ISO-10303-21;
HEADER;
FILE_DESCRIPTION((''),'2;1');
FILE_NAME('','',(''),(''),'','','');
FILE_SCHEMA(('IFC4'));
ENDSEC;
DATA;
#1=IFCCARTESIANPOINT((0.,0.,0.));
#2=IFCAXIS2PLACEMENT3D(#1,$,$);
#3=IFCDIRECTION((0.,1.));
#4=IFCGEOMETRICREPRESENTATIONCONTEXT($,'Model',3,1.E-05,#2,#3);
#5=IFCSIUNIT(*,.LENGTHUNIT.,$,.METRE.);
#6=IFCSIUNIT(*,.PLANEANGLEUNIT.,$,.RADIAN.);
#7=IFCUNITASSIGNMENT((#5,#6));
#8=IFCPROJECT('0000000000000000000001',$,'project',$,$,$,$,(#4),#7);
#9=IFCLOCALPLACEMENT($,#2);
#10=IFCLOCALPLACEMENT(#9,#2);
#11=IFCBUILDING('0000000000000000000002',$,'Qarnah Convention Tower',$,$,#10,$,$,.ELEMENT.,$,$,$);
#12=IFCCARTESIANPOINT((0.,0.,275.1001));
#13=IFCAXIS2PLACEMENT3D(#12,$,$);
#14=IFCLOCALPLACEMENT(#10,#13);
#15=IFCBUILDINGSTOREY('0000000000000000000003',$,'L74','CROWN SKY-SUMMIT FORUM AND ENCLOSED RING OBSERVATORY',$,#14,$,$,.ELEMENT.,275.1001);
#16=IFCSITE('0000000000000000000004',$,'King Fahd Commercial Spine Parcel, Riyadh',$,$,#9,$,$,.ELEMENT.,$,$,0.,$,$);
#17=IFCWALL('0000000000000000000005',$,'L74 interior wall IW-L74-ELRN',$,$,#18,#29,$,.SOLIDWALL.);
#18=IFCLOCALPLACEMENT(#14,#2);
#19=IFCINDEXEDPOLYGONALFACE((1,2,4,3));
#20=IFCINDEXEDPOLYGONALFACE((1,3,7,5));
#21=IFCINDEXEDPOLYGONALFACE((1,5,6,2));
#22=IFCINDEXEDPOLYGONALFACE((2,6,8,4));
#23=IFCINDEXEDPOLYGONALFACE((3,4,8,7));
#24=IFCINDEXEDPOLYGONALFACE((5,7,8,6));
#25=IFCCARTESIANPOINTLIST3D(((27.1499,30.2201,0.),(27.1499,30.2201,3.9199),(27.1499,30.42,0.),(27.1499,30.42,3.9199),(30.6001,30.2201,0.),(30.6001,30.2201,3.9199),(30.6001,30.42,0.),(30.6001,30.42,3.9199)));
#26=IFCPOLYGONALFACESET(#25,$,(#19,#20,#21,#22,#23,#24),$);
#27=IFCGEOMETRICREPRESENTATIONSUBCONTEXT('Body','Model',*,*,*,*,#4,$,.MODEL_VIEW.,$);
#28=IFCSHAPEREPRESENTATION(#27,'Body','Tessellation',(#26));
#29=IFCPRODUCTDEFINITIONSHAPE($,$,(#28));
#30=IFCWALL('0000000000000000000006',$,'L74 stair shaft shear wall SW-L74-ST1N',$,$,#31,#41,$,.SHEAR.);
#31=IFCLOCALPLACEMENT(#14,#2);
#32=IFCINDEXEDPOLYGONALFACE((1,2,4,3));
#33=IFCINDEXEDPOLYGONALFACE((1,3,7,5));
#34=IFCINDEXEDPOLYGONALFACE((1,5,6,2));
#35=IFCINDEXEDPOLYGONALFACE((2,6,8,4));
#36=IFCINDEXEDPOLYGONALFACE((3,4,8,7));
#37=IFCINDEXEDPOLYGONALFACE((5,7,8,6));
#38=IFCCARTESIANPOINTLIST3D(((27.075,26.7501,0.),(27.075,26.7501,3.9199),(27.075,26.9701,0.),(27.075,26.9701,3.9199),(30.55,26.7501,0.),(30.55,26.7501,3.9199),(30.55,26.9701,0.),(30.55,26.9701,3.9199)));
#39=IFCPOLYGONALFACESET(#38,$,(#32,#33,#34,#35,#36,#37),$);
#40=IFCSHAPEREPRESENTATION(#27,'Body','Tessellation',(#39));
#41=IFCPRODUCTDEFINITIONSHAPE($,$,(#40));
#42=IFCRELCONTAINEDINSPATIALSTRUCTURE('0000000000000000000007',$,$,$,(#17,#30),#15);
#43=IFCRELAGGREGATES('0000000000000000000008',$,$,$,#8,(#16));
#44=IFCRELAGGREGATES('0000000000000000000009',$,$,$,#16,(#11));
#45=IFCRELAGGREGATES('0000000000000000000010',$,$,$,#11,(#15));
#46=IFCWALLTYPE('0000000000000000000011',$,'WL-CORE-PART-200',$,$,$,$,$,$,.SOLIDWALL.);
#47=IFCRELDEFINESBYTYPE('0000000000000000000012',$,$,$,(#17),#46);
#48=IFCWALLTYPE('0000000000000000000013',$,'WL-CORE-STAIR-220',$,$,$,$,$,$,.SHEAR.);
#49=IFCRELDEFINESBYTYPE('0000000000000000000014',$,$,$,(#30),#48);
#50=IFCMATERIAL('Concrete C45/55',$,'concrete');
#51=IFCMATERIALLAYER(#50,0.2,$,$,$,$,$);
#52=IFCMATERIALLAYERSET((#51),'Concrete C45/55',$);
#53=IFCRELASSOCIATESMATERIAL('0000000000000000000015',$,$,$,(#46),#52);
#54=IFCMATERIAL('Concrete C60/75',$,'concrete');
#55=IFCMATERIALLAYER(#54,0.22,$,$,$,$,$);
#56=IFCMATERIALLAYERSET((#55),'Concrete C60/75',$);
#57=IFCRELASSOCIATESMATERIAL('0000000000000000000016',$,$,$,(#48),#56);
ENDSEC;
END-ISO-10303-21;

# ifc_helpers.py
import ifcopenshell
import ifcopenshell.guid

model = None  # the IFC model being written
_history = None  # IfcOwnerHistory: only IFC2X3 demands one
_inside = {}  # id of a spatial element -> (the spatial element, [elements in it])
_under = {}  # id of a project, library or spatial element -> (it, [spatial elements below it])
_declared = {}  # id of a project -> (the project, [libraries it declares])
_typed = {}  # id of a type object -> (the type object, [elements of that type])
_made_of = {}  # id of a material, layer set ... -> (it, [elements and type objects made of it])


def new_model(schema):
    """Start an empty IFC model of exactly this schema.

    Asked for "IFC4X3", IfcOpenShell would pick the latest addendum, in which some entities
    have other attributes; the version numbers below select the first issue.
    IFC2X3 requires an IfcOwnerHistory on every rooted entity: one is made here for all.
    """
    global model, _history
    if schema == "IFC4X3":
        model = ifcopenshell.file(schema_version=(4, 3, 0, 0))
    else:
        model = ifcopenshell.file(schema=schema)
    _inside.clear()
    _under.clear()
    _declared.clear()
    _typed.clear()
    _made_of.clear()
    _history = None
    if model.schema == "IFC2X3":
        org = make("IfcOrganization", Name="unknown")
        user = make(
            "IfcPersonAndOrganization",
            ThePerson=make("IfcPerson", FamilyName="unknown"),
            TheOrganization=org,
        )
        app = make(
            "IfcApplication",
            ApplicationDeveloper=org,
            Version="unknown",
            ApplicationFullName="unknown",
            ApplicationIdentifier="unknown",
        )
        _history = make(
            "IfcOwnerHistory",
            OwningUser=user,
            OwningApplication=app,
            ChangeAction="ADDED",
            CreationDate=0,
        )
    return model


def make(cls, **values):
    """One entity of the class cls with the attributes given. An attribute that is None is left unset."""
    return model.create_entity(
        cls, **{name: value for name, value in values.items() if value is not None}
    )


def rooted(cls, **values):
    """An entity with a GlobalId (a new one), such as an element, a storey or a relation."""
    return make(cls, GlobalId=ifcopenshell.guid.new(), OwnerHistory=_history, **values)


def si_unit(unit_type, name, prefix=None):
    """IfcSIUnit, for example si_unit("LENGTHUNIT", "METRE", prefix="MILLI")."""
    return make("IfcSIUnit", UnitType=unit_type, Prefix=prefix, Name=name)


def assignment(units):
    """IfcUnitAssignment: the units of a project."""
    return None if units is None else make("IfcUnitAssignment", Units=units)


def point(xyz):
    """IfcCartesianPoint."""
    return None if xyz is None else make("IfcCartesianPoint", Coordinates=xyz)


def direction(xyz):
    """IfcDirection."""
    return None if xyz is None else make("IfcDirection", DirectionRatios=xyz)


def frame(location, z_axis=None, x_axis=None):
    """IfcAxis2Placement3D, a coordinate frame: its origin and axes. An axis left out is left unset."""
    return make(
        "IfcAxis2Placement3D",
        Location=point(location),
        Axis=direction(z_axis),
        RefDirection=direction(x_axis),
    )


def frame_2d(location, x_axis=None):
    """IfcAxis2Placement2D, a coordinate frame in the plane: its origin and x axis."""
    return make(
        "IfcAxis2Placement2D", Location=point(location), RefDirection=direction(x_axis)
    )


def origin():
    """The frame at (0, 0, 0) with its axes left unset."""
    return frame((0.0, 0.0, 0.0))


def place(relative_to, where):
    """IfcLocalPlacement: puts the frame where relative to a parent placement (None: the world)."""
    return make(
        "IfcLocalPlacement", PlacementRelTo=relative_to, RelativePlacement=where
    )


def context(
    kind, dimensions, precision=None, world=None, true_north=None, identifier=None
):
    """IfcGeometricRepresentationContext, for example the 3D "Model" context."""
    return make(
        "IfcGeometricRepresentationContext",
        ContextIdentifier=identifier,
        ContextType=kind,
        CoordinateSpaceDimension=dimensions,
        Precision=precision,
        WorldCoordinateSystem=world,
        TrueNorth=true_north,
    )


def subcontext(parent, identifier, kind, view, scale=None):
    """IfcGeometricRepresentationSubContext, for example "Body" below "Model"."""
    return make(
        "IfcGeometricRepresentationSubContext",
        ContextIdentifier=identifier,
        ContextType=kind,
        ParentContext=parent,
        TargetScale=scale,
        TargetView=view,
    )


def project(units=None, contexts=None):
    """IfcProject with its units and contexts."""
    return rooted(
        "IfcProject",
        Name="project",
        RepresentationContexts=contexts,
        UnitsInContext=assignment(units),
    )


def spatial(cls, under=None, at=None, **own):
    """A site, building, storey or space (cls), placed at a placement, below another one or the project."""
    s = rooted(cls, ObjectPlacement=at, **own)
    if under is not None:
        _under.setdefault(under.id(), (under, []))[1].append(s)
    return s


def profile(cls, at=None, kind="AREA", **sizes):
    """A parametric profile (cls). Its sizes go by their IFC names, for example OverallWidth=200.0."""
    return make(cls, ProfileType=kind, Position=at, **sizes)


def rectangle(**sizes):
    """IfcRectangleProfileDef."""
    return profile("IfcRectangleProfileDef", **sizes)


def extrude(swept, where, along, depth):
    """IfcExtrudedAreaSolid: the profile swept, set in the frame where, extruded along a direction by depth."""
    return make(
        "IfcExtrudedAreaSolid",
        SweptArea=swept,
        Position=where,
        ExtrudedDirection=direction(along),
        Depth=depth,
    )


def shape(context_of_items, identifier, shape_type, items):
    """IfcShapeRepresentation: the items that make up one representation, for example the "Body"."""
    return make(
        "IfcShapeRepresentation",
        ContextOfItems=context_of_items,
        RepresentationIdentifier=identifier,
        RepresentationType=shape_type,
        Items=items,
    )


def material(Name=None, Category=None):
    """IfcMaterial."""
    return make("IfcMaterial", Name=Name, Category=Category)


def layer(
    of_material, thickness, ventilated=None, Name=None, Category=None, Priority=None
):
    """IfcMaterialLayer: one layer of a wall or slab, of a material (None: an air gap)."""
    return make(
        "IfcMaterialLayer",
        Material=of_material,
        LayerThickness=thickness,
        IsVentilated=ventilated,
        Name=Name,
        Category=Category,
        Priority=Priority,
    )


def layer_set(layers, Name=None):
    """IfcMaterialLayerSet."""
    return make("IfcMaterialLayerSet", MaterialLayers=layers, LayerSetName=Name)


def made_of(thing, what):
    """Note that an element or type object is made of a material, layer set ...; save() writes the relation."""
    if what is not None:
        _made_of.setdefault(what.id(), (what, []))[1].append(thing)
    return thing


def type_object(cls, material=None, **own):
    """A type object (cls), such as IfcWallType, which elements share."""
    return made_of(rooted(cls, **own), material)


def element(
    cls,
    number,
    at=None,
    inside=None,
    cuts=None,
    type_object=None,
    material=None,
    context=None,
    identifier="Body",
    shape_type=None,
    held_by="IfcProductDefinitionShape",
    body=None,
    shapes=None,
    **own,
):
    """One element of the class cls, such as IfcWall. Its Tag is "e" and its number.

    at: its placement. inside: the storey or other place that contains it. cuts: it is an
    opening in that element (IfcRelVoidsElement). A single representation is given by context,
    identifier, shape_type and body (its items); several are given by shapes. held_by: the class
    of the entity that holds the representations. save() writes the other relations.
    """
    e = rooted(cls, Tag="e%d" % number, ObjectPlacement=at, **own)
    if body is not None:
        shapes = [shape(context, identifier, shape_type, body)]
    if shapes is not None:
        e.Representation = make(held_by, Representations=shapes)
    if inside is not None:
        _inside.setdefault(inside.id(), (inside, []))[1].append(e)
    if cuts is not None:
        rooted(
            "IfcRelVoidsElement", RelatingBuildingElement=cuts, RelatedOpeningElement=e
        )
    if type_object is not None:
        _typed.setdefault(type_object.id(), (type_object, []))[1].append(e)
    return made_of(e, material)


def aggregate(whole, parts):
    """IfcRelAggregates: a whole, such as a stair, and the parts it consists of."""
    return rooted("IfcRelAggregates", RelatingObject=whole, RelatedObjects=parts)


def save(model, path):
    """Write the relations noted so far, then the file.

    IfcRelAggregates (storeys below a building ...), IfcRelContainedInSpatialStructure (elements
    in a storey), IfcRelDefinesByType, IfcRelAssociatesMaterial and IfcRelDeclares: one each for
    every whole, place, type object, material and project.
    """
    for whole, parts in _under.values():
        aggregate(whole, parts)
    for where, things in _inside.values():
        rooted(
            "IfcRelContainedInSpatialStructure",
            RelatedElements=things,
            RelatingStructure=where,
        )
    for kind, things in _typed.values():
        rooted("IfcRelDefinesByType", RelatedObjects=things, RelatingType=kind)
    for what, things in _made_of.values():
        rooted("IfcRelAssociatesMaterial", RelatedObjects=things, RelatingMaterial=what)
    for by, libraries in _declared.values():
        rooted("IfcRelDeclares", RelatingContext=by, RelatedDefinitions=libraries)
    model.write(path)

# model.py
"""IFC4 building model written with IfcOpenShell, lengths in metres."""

from ifc_helpers import new_model, si_unit, direction, frame, frame_2d, origin, place, context, subcontext, project, spatial, rectangle, extrude, material, layer, layer_set, type_object, element, save


model = new_model("IFC4")

# Units and contexts
model_context = context("Model", 3, precision=1e-05, world=origin(), true_north=direction((0.0, 1.0)))
body_context = subcontext(model_context, "Body", "Model", "MODEL_VIEW")
ifc_project = project(units=[si_unit("LENGTHUNIT", "METRE"), si_unit("PLANEANGLEUNIT", "RADIAN")], contexts=[model_context])

# Site, building, storey
site_placement = place(None, origin())
site = spatial("IfcSite", under=ifc_project, at=site_placement, Name="King Fahd Commercial Spine Parcel, Riyadh", CompositionType="ELEMENT", RefElevation=0.0)
building_placement = place(site_placement, origin())
building = spatial("IfcBuilding", under=site, at=building_placement, Name="Qarnah Convention Tower", CompositionType="ELEMENT")
storey_placement = place(building_placement, frame((0.0, 0.0, 275.1001)))
storey = spatial("IfcBuildingStorey", under=building, at=storey_placement, Name="L74", Description="CROWN SKY-SUMMIT FORUM AND ENCLOSED RING OBSERVATORY", CompositionType="ELEMENT", Elevation=275.1001)

# Walls
ifc_material_1 = material(Name="Concrete C45/55", Category="concrete")
ifc_layer_1 = layer(ifc_material_1, 0.2)
ifc_layer_set_1 = layer_set([ifc_layer_1], Name="Concrete C45/55")
wall_type_1 = type_object("IfcWallType", Name="WL-CORE-PART-200", PredefinedType="SOLIDWALL", material=ifc_layer_set_1)
wall_1_placement = place(storey_placement, frame((27.1499, 30.3201, 0.0), z_axis=(0.0, 0.0, 1.0), x_axis=(1.0, 0.0, 0.0)))
element("IfcWall", 1, at=wall_1_placement, inside=storey, type_object=wall_type_1, Name="L74 interior wall IW-L74-ELRN", PredefinedType="SOLIDWALL", context=body_context, shape_type="SweptSolid", body=[
    extrude(rectangle(XDim=3.4502, YDim=0.2, at=frame_2d((1.7251, 0.0))), origin(), (0.0, 0.0, 1.0), 3.9199),
])
ifc_material_2 = material(Name="Concrete C60/75", Category="concrete")
ifc_layer_2 = layer(ifc_material_2, 0.22)
ifc_layer_set_2 = layer_set([ifc_layer_2], Name="Concrete C60/75")
wall_type_2 = type_object("IfcWallType", Name="WL-CORE-STAIR-220", PredefinedType="SHEAR", material=ifc_layer_set_2)
wall_2_placement = place(storey_placement, frame((27.075, 26.8601, 0.0), z_axis=(0.0, 0.0, 1.0), x_axis=(1.0, 0.0, 0.0)))
element("IfcWall", 2, at=wall_2_placement, inside=storey, type_object=wall_type_2, Name="L74 stair shaft shear wall SW-L74-ST1N", PredefinedType="SHEAR", context=body_context, shape_type="SweptSolid", body=[
    extrude(rectangle(XDim=3.4751, YDim=0.22, at=frame_2d((1.7375, 0.0))), origin(), (0.0, 0.0, 1.0), 3.9199),
])

save(model, "model.ifc")
